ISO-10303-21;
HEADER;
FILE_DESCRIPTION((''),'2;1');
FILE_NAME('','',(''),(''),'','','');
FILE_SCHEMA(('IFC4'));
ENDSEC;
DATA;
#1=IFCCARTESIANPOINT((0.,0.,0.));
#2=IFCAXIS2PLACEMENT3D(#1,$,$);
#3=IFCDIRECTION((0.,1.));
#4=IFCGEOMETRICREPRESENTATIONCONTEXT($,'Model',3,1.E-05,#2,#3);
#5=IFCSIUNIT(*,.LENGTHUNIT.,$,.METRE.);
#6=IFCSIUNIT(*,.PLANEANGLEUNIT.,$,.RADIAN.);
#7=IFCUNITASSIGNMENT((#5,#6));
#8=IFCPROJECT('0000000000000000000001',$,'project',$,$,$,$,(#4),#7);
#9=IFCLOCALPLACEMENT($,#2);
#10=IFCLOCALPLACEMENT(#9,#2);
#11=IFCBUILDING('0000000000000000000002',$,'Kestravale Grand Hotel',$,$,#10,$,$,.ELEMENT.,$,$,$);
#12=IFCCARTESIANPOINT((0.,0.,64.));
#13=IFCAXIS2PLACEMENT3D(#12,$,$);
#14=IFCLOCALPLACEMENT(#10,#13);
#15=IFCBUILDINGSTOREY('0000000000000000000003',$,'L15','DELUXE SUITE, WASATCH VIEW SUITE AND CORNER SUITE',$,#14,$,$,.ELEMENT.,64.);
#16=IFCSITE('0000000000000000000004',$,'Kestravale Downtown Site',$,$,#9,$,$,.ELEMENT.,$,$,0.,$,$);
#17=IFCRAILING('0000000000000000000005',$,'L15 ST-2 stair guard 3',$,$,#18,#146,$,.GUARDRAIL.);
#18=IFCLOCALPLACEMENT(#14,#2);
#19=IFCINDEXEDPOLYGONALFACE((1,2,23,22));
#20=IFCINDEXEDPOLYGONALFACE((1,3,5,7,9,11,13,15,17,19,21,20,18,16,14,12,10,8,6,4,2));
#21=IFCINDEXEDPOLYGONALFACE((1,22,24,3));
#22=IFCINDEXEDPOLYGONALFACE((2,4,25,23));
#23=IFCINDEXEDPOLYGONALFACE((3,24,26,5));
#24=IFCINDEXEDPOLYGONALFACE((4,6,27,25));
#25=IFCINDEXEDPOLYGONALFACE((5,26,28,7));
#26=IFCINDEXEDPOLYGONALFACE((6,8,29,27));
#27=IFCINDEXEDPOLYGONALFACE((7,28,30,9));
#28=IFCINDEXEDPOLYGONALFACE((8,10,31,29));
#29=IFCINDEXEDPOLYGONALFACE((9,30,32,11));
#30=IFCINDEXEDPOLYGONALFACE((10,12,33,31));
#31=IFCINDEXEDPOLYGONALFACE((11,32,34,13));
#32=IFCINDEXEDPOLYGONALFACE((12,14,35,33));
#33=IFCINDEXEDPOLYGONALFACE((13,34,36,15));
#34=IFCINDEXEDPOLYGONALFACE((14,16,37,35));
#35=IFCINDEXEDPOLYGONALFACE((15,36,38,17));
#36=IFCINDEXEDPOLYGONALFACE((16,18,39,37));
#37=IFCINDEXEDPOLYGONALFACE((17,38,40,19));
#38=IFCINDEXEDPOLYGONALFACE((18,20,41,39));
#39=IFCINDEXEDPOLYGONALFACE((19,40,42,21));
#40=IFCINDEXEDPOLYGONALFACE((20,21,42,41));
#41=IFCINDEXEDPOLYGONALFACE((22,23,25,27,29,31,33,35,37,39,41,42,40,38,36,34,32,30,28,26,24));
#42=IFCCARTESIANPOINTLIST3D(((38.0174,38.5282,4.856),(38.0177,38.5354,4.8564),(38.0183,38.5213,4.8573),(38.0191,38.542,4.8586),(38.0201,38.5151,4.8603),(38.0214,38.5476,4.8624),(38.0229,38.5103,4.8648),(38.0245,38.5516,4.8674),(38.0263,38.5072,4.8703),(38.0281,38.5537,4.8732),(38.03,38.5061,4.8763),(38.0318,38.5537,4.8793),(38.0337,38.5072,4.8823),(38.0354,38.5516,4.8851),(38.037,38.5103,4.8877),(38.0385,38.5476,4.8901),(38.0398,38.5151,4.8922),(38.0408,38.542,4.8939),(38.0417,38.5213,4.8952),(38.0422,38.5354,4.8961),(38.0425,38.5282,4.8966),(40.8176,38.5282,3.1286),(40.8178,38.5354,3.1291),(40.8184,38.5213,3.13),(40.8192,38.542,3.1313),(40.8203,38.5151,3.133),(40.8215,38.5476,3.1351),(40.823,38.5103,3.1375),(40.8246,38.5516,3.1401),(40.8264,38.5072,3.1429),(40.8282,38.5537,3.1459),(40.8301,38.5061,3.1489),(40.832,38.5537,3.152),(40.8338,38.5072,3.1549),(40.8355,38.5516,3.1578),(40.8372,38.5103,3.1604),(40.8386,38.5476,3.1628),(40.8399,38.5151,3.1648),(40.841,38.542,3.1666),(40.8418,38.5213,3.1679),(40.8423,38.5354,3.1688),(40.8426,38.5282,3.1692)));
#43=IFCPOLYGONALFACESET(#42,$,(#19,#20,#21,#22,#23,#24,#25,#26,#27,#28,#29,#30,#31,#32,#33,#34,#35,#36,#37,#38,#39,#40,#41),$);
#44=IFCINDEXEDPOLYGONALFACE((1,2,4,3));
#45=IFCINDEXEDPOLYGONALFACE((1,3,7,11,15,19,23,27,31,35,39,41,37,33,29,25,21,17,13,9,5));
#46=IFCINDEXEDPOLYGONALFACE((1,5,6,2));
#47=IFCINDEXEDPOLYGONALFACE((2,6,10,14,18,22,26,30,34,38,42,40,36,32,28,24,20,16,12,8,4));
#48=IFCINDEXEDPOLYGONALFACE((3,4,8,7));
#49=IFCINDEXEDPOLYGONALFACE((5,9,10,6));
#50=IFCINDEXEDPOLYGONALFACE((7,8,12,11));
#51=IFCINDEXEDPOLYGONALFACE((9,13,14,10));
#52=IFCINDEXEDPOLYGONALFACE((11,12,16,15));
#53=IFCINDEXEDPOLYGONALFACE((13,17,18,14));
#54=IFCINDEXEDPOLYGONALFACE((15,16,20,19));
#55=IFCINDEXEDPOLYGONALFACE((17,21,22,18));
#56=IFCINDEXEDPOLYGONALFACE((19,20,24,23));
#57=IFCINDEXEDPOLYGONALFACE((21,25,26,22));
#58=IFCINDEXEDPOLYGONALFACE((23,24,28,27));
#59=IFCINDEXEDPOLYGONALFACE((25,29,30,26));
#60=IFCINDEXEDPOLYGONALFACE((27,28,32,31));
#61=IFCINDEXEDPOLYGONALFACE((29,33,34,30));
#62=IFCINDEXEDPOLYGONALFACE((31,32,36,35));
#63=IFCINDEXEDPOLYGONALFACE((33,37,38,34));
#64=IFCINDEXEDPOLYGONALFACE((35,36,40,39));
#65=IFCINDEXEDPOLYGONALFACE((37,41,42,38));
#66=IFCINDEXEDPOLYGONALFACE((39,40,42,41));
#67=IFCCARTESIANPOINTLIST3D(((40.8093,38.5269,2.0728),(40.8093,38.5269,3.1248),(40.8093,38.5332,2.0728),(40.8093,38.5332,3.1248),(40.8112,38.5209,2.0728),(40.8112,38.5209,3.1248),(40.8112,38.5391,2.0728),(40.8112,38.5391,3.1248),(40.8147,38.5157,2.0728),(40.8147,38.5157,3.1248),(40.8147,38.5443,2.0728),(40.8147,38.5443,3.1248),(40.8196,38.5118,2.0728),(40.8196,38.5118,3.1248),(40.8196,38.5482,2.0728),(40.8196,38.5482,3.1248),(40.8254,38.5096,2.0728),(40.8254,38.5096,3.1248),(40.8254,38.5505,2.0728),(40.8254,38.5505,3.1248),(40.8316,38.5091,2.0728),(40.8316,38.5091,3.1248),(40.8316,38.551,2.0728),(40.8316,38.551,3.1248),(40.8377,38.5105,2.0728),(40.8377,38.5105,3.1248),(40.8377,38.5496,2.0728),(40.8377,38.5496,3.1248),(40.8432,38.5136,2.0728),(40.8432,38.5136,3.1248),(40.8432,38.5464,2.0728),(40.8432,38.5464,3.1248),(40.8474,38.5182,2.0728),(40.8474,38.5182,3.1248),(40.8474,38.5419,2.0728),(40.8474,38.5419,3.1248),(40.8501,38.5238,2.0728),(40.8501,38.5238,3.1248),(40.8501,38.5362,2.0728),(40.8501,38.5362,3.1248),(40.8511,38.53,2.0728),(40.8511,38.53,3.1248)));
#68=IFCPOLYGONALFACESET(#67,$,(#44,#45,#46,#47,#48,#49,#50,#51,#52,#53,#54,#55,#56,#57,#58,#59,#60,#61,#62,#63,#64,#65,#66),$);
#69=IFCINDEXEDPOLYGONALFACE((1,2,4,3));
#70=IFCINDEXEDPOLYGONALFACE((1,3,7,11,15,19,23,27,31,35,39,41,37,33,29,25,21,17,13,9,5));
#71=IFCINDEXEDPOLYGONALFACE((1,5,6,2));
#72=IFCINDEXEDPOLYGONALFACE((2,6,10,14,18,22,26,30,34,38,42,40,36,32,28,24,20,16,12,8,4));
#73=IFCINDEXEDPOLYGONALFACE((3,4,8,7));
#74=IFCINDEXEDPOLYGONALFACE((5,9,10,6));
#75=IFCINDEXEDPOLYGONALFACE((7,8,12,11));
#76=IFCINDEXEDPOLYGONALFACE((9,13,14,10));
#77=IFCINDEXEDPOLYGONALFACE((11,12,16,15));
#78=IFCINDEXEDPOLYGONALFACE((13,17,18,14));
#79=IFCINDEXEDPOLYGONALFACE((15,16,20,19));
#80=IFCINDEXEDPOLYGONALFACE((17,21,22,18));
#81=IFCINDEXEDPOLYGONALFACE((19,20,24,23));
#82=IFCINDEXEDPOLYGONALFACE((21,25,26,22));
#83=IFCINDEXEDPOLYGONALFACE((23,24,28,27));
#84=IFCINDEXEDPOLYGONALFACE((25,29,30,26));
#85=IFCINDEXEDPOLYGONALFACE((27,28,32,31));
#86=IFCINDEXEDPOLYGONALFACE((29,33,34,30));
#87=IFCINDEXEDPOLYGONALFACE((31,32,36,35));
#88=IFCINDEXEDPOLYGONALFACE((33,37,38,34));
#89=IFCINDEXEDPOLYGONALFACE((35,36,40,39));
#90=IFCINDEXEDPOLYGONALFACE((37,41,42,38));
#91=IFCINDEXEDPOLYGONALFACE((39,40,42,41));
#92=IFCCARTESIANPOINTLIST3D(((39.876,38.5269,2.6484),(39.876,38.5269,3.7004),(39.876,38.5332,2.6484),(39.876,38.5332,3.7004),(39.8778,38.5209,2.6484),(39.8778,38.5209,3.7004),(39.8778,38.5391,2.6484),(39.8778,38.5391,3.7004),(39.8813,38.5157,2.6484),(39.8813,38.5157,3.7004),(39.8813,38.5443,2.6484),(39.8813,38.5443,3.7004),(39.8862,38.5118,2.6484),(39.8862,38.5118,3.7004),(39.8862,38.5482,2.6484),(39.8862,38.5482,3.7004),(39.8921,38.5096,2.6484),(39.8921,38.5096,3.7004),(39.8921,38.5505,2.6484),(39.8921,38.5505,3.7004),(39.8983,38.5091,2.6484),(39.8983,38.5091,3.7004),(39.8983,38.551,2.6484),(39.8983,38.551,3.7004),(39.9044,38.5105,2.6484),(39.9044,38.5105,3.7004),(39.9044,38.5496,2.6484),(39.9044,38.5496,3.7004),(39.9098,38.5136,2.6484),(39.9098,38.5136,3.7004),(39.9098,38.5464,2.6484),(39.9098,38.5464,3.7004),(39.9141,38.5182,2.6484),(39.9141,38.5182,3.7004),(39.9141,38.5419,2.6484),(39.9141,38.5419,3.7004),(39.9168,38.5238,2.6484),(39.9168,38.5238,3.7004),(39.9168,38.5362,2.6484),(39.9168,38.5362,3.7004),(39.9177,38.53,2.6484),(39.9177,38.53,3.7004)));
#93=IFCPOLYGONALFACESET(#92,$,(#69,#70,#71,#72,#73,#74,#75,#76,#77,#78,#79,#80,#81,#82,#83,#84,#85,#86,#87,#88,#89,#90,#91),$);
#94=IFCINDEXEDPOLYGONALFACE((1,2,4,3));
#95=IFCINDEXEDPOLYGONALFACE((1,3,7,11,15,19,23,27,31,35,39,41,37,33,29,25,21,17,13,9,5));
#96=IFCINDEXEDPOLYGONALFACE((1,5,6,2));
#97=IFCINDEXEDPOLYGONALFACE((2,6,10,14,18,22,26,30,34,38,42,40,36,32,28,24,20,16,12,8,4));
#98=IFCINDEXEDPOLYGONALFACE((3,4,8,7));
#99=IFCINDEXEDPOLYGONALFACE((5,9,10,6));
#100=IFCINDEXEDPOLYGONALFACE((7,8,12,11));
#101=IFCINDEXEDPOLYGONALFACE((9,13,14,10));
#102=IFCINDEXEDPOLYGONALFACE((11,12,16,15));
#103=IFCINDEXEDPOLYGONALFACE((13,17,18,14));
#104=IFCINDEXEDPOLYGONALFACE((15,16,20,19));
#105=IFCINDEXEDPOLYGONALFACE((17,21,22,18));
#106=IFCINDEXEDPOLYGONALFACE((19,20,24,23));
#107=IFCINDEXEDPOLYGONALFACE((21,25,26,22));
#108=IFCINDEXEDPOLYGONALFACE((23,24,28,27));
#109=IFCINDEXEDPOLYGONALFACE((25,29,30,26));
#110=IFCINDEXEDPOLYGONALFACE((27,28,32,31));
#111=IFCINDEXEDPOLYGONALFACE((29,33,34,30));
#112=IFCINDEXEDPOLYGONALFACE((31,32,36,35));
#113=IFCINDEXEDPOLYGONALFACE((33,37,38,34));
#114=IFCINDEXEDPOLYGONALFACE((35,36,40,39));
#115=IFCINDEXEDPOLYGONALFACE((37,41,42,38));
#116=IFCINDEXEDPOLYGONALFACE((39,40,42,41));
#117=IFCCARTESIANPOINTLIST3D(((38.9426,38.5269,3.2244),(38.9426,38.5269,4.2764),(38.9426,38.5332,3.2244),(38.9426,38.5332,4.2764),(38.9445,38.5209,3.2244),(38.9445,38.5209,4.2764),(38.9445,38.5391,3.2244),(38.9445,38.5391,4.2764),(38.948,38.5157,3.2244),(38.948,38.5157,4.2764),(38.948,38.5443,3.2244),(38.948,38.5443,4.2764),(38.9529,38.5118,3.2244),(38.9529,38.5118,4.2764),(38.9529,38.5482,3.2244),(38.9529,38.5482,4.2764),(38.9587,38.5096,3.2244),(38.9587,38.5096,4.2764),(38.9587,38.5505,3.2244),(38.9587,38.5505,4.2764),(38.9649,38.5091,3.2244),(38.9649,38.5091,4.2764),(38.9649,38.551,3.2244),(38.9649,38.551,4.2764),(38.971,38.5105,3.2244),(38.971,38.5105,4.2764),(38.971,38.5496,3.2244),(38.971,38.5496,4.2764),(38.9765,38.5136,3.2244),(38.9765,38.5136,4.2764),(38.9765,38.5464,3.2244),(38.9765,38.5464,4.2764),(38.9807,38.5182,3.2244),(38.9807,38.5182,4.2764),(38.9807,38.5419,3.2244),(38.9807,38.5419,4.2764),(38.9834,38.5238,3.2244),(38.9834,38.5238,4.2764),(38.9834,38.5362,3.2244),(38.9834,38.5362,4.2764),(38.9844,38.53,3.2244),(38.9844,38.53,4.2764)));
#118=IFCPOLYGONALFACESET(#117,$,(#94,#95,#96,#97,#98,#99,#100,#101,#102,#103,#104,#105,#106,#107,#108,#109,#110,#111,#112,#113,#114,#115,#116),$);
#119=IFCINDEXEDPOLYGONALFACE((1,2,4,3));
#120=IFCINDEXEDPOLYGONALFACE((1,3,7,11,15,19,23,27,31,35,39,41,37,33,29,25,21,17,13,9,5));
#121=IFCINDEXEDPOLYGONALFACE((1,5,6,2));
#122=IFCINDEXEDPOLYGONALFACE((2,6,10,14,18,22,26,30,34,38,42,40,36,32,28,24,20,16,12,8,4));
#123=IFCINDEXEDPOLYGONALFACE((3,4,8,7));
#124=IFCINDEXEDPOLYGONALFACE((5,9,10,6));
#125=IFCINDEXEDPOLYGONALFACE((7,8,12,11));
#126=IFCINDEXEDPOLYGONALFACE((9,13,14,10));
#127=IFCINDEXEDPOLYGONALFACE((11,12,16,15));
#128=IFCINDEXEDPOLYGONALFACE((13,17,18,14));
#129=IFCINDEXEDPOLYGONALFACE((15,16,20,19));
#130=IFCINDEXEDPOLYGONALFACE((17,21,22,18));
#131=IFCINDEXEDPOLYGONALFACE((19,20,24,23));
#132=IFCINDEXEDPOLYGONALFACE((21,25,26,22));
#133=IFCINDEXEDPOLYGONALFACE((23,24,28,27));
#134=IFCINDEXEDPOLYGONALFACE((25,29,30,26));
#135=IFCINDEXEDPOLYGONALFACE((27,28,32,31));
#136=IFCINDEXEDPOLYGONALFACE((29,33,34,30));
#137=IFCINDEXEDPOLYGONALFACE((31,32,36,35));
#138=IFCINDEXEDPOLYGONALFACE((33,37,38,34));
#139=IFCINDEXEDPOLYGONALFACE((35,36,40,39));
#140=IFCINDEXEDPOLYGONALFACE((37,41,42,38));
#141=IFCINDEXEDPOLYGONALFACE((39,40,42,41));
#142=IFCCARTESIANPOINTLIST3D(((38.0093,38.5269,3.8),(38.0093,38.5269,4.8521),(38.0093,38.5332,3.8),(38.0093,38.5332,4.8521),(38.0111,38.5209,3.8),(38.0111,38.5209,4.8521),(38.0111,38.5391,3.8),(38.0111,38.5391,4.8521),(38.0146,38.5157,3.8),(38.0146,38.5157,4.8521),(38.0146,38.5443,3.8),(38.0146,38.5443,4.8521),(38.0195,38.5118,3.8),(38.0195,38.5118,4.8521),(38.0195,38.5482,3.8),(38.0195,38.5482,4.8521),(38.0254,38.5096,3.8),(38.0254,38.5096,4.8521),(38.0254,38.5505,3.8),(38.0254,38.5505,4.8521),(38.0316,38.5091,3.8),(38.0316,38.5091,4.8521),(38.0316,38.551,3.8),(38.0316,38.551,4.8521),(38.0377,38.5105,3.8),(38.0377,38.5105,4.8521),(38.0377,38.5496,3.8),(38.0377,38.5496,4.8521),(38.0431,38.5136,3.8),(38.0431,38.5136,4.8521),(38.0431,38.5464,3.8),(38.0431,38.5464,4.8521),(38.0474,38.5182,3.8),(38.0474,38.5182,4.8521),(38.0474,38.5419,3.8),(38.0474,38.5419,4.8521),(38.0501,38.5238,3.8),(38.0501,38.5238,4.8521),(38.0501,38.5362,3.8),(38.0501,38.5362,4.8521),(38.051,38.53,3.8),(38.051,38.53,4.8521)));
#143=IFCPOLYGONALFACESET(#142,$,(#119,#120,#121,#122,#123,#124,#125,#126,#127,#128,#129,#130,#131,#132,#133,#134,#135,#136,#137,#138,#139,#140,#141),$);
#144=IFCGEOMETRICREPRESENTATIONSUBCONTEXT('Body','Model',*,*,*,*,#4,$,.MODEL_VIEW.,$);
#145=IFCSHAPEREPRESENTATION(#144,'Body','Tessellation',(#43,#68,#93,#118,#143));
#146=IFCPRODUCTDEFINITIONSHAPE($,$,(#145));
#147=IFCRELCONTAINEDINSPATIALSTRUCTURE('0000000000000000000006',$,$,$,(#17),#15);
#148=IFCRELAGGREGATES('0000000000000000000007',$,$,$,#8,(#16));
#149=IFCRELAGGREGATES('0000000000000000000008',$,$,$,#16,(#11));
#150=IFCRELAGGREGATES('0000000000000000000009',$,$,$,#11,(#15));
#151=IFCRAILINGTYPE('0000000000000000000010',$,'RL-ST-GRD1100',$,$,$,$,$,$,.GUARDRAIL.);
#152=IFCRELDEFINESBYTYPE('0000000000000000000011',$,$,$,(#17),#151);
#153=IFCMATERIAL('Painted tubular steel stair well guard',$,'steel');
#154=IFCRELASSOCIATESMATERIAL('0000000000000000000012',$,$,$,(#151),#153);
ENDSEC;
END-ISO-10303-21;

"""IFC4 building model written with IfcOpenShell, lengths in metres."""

from ifc_helpers import new_model, si_unit, direction, frame, origin, origin_2d, place, context, subcontext, project, spatial, circle, extrude, material, type_object, element, save


model = new_model("IFC4")

# Units and contexts
model_context = context("Model", 3, precision=1e-05, world=origin(), true_north=direction((0.0, 1.0)))
body_context = subcontext(model_context, "Body", "Model", "MODEL_VIEW")
ifc_project = project(units=[si_unit("LENGTHUNIT", "METRE"), si_unit("PLANEANGLEUNIT", "RADIAN")], contexts=[model_context])

# Site, building, storey
site_placement = place(None, origin())
site = spatial("IfcSite", under=ifc_project, at=site_placement, Name="Kestravale Downtown Site", CompositionType="ELEMENT", RefElevation=0.0)
building_placement = place(site_placement, origin())
building = spatial("IfcBuilding", under=site, at=building_placement, Name="Kestravale Grand Hotel", CompositionType="ELEMENT")
storey_placement = place(building_placement, frame((0.0, 0.0, 64.0)))
storey = spatial("IfcBuildingStorey", under=building, at=storey_placement, Name="L15", Description="DELUXE SUITE, WASATCH VIEW SUITE AND CORNER SUITE", CompositionType="ELEMENT", Elevation=64.0)

# Railing
ifc_material_1 = material(Name="Painted tubular steel stair well guard", Category="steel")
railing_type_1 = type_object("IfcRailingType", Name="RL-ST-GRD1100", PredefinedType="GUARDRAIL", material=ifc_material_1)
railing_1_placement = place(storey_placement, frame((40.8301, 38.53, 2.0728)))
element("IfcRailing", 1, at=railing_1_placement, inside=storey, type_object=railing_type_1, Name="L15 ST-2 stair guard 3", PredefinedType="GUARDRAIL", context=body_context, shape_type="SweptSolid", body=[
    extrude(circle(Radius=0.0239, at=origin_2d()), frame((0.0, 0.0, 1.0762), z_axis=(-0.85109, 0.0, 0.52502), x_axis=(0.0, -1.0, 0.0)), (0.0, 0.0, 1.0), 3.29),
    extrude(circle(Radius=0.021, at=origin_2d()), origin(), (0.0, 0.0, 1.0), 1.052),
    extrude(circle(Radius=0.021, at=origin_2d()), frame((-0.9333, 0.0, 0.5757)), (0.0, 0.0, 1.0), 1.052),
    extrude(circle(Radius=0.021, at=origin_2d()), frame((-1.8667, 0.0, 1.1516)), (0.0, 0.0, 1.0), 1.052),
    extrude(circle(Radius=0.021, at=origin_2d()), frame((-2.8, 0.0, 1.7273)), (0.0, 0.0, 1.0), 1.052),
])

save(model, "model.ifc")
